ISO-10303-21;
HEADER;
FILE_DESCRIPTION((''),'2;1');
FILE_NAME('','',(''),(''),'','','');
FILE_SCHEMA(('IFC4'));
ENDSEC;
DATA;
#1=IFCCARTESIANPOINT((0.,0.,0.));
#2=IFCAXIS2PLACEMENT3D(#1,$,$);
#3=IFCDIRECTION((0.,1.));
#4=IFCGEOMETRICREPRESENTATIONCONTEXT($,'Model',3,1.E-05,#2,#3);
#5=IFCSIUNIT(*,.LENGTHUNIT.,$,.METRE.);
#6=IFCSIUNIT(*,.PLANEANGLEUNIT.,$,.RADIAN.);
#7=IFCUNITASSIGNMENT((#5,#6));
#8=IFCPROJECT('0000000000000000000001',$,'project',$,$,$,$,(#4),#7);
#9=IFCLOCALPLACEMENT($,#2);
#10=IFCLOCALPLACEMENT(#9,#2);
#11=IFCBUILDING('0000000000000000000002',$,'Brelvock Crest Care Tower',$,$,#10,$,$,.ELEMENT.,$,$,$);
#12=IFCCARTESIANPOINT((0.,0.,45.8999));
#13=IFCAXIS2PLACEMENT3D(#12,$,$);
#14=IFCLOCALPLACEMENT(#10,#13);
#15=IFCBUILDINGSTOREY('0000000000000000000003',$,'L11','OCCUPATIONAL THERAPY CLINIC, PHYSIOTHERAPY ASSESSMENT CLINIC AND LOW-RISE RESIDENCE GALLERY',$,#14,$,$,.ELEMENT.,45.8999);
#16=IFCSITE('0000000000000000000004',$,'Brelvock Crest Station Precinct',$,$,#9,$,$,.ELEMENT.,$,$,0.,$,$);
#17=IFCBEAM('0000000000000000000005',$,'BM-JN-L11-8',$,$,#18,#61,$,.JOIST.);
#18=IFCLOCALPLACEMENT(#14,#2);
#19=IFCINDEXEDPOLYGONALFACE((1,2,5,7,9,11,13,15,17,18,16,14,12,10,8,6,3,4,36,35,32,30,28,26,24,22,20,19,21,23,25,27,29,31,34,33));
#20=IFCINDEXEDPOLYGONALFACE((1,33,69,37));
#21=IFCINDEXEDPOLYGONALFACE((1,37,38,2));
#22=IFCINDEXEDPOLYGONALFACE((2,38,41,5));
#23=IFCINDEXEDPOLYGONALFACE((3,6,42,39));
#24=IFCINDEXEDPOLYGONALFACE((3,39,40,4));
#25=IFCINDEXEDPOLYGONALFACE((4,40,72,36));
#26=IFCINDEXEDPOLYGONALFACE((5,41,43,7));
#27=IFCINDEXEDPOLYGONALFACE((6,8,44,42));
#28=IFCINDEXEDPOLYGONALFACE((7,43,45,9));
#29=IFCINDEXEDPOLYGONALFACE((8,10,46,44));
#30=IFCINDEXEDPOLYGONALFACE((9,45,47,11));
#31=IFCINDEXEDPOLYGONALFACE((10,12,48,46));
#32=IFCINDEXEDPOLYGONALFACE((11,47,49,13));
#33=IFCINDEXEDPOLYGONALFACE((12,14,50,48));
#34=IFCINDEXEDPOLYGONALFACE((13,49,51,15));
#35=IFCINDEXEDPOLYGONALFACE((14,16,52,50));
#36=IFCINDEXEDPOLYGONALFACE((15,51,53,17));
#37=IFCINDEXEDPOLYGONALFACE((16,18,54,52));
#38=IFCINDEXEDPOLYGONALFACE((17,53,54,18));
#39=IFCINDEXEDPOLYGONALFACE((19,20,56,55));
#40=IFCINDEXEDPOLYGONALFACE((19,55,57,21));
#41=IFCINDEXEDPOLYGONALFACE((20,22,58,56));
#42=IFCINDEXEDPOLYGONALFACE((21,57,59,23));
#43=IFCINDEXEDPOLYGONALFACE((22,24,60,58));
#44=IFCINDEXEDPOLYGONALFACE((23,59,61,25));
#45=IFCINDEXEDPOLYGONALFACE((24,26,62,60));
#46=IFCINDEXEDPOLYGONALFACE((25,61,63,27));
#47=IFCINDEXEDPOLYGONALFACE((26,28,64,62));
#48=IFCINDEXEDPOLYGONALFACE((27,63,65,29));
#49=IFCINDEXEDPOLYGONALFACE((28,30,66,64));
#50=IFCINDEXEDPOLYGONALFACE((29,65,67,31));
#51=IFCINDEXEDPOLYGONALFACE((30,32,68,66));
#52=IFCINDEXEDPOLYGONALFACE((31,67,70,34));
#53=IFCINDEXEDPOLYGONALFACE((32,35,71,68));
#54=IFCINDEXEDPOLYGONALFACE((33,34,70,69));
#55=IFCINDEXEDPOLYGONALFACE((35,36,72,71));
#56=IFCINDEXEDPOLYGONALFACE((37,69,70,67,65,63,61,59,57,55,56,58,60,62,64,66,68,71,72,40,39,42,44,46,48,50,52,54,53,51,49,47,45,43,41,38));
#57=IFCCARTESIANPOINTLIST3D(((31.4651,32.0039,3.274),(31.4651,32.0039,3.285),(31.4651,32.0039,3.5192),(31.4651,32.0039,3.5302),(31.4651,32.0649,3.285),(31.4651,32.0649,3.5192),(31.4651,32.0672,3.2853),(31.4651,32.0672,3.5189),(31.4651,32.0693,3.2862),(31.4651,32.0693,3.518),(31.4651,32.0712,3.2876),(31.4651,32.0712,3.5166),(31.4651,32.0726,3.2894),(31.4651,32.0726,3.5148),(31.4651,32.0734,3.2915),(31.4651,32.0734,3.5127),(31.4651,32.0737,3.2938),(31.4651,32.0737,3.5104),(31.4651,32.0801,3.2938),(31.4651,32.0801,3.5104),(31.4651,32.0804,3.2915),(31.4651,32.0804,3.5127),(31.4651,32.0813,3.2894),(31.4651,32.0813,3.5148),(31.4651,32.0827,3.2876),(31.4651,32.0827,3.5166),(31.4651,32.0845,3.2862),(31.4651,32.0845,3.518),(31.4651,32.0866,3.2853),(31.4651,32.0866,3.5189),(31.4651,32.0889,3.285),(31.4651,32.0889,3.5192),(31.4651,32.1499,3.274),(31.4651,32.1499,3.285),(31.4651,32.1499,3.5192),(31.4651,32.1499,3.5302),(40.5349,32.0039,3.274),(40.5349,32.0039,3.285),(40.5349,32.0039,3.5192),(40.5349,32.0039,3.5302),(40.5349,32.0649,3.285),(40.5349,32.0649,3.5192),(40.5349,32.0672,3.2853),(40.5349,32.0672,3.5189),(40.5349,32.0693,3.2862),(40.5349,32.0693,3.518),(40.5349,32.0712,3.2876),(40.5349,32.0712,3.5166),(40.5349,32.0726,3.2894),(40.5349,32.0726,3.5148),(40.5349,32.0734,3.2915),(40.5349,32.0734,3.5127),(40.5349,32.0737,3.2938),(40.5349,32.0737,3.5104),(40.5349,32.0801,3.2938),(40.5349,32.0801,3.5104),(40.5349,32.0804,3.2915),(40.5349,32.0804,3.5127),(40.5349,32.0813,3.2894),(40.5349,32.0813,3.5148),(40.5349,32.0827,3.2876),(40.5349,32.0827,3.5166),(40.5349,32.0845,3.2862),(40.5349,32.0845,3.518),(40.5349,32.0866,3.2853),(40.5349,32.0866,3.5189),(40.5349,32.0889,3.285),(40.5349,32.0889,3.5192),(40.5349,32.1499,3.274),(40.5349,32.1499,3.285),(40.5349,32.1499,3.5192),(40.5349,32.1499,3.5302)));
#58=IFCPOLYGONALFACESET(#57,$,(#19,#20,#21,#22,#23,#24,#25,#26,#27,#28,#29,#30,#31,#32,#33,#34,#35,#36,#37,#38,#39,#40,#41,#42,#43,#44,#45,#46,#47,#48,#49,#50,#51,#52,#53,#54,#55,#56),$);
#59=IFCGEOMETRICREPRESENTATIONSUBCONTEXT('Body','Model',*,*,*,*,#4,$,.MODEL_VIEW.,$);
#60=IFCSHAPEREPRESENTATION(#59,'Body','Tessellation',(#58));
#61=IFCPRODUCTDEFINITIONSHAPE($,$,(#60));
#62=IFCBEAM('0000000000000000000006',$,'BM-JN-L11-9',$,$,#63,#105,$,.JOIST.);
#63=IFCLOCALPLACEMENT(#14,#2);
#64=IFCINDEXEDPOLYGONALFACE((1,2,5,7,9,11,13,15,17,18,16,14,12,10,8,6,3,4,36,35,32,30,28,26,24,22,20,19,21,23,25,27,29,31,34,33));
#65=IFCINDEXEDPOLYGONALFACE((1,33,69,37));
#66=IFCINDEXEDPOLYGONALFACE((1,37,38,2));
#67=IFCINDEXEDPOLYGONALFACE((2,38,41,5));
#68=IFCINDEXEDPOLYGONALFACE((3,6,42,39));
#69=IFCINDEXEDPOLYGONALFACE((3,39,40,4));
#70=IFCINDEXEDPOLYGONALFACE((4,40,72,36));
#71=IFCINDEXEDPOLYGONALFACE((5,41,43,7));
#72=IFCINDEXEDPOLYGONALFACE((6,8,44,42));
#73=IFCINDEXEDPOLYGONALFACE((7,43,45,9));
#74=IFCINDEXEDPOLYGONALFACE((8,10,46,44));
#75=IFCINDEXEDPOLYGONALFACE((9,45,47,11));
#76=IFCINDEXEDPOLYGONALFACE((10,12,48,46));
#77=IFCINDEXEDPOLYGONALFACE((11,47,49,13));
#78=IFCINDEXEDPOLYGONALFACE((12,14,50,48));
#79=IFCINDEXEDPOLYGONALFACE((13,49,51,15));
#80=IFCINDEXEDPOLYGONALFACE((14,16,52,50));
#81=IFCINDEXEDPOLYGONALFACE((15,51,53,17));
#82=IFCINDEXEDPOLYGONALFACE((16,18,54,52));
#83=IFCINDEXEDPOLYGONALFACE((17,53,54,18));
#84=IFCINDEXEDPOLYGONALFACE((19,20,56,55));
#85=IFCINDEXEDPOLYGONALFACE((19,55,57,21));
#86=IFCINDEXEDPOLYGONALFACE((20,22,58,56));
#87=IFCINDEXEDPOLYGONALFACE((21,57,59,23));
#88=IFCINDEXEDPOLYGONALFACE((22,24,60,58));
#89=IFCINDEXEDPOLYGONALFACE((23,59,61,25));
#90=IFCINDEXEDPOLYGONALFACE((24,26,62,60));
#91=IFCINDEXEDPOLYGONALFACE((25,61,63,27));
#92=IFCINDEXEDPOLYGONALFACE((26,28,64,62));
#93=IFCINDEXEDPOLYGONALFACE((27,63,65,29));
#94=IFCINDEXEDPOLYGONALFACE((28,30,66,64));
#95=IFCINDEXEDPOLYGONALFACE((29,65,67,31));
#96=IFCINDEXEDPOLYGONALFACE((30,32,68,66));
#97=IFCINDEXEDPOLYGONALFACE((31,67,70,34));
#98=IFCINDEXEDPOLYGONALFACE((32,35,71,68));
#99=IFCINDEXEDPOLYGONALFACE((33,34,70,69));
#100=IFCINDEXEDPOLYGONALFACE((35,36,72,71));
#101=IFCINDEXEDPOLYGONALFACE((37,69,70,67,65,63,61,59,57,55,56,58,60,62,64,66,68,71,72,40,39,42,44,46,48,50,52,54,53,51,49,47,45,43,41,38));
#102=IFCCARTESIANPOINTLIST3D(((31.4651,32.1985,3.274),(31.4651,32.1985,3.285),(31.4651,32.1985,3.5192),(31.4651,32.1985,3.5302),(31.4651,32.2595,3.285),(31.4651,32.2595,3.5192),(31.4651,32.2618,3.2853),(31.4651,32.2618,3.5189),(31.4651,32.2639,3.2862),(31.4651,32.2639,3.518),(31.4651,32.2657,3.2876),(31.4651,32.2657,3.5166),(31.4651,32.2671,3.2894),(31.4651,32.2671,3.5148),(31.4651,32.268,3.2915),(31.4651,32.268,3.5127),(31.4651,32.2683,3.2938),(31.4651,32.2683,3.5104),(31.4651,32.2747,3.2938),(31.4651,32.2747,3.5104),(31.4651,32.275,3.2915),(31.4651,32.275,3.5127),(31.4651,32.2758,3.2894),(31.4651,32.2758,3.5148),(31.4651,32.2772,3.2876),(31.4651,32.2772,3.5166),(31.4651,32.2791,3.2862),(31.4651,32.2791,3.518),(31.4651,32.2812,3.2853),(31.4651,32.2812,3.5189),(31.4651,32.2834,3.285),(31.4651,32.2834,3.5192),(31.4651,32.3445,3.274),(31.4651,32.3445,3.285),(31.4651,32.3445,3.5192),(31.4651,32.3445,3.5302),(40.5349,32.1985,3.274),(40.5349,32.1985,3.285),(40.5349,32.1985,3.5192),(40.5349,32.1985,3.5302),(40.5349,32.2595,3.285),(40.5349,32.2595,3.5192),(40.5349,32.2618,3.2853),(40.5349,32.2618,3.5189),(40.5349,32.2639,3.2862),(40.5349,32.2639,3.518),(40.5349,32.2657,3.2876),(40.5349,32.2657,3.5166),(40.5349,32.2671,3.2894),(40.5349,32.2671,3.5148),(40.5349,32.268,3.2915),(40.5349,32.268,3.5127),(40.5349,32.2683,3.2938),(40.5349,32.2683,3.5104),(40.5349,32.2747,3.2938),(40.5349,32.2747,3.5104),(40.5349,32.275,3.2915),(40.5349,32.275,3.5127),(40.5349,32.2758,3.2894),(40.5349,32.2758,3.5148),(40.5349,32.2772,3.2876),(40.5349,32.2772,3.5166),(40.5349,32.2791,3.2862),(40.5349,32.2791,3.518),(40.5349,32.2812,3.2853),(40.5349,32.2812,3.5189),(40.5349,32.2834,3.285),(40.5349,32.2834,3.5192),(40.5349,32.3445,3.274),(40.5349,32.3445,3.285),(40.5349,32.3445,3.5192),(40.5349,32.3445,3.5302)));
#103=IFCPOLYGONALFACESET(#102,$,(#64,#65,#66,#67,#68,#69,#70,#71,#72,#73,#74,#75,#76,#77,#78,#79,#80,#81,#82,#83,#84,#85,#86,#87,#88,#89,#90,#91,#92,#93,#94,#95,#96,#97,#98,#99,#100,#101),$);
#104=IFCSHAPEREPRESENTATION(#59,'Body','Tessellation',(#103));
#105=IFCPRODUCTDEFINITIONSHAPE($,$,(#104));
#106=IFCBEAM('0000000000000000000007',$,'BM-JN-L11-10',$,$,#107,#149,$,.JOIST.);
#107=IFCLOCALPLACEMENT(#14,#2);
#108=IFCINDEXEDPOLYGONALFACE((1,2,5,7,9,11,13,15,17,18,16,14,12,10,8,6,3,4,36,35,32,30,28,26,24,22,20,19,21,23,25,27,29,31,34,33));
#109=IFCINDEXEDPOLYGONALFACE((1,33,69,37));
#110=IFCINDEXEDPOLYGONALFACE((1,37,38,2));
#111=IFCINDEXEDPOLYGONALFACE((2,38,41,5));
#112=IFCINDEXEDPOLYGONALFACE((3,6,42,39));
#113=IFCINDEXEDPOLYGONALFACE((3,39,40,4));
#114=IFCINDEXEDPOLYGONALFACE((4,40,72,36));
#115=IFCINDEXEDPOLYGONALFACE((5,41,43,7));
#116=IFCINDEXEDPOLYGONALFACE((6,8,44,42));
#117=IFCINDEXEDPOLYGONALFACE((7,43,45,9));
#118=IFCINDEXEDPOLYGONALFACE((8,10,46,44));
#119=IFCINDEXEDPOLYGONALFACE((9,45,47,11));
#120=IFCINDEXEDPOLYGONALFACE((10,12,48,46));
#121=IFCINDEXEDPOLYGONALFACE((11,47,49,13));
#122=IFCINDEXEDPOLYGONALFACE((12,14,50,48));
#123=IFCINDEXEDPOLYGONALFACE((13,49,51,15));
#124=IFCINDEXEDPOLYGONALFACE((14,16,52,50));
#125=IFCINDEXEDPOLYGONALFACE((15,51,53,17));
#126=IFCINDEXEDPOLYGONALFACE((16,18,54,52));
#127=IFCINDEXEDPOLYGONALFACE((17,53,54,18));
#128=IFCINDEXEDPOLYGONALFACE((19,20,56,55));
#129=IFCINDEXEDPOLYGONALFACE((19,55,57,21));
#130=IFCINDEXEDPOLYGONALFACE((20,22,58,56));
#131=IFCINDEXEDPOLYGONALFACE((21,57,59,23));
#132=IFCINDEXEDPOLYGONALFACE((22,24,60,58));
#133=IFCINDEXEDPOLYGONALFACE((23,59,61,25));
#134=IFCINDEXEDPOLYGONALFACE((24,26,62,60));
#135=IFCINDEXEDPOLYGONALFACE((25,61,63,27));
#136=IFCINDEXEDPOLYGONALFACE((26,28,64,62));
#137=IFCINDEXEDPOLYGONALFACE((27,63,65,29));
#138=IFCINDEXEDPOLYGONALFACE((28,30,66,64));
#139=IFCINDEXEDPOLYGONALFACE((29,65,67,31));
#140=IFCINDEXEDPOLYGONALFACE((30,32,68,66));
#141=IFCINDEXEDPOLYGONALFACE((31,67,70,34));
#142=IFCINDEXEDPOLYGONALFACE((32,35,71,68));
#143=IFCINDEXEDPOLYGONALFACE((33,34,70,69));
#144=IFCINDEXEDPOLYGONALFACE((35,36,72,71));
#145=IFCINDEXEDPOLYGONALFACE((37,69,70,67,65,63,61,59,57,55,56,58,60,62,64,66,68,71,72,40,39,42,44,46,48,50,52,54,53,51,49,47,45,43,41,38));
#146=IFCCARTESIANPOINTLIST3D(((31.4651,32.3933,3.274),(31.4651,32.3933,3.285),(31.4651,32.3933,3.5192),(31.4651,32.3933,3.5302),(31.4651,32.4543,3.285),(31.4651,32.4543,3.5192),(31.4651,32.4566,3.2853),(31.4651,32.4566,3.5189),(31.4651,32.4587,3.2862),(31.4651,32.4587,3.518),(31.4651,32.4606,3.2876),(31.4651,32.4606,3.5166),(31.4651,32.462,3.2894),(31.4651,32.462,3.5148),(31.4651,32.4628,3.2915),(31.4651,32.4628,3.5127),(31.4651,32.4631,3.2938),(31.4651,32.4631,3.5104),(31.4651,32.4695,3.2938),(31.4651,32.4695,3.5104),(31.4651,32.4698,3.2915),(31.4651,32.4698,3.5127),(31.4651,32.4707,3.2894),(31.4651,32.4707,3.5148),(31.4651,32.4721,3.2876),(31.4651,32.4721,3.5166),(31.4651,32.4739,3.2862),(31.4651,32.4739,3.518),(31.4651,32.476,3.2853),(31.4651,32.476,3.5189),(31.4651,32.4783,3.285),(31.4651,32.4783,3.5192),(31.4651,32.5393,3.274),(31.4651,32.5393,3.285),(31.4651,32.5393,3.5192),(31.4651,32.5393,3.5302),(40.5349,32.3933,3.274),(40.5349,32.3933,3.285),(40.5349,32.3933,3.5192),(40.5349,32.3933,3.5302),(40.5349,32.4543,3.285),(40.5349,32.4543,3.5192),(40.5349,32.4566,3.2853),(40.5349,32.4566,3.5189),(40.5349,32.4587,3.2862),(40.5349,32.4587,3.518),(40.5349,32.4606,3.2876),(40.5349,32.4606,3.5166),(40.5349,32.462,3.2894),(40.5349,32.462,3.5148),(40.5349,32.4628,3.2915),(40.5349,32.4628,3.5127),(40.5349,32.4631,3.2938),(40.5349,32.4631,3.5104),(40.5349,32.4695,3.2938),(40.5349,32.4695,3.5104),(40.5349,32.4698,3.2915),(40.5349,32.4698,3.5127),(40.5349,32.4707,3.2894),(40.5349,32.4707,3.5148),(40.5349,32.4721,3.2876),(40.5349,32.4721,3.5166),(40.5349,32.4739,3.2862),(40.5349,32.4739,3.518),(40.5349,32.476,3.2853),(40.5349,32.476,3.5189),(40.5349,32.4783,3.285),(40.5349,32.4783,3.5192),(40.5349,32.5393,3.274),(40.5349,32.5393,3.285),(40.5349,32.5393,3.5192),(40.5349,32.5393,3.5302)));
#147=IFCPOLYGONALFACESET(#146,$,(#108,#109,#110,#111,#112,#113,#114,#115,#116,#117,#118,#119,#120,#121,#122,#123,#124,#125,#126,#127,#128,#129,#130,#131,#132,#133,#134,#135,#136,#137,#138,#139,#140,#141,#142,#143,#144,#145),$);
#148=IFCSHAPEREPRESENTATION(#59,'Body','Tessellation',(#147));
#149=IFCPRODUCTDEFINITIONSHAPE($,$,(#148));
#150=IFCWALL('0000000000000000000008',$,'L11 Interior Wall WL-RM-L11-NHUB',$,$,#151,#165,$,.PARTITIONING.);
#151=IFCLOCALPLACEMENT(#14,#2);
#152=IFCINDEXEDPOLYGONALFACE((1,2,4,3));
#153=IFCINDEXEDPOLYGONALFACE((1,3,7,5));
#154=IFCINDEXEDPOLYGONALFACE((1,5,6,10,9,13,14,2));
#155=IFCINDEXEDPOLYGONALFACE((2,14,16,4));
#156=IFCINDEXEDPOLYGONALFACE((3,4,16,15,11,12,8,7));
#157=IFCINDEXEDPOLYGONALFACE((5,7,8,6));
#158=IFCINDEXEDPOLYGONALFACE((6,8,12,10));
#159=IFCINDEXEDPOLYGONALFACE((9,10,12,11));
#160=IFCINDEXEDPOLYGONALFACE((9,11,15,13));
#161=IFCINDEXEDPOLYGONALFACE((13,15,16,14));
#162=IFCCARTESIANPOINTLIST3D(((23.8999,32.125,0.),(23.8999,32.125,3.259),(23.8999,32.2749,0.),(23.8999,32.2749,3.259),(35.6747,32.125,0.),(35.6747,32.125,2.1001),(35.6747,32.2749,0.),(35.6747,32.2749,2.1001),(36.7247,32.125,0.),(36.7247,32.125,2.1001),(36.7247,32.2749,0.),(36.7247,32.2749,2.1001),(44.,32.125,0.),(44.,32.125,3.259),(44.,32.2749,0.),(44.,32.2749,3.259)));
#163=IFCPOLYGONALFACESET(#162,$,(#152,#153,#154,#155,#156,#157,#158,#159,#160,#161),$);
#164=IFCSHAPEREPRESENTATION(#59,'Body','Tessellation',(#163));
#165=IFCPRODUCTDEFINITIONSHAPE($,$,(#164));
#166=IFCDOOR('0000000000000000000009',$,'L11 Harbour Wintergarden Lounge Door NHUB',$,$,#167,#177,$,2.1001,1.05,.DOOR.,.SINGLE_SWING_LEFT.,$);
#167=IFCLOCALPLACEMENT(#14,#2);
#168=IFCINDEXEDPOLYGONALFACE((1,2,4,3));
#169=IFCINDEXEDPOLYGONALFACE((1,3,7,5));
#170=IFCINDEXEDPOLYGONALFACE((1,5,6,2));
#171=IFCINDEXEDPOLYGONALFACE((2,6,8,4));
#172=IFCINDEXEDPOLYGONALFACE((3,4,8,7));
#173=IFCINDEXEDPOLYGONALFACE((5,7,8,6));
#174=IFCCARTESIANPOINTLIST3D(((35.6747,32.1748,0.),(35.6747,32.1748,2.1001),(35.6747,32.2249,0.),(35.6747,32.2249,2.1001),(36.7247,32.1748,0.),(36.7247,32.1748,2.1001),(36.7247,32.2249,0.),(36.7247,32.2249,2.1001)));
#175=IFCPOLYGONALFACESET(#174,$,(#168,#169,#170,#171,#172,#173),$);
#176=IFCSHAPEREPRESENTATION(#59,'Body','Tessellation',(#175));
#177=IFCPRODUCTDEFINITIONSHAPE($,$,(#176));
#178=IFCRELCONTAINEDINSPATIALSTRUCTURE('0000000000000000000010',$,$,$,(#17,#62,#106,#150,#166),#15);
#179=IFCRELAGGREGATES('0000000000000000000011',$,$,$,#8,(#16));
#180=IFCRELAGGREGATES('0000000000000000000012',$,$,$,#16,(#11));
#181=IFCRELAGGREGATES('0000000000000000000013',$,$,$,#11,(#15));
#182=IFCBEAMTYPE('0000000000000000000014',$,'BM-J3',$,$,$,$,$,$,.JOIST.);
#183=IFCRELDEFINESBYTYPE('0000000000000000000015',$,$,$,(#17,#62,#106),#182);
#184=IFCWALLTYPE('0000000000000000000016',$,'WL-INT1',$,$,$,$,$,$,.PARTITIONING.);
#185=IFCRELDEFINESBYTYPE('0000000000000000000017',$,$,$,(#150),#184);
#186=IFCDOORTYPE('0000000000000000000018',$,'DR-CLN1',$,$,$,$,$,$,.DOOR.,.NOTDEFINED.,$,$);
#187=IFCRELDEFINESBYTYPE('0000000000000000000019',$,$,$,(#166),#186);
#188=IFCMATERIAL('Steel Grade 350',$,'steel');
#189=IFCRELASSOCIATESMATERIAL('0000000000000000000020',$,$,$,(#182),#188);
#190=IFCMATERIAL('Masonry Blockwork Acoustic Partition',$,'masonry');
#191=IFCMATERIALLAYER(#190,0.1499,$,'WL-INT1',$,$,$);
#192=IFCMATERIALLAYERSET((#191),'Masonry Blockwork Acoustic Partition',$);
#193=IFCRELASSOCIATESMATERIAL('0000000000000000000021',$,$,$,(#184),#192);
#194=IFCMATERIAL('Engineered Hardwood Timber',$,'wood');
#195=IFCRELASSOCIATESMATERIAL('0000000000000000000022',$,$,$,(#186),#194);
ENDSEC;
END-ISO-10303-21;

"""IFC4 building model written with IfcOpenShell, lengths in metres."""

from ifc_helpers import new_model, si_unit, direction, frame, frame_2d, origin, origin_2d, place, context, subcontext, project, spatial, rectangle, i_section, extrude, source, transform, mapped, material, layer, layer_set, material_profile, profile_set, type_object, element, fill, save


model = new_model("IFC4")

# Units and contexts
model_context = context("Model", 3, precision=1e-05, world=origin(), true_north=direction((0.0, 1.0)))
body_context = subcontext(model_context, "Body", "Model", "MODEL_VIEW")
ifc_project = project(units=[si_unit("LENGTHUNIT", "METRE"), si_unit("PLANEANGLEUNIT", "RADIAN")], contexts=[model_context])

# Site, building, storey
site_placement = place(None, origin())
site = spatial("IfcSite", under=ifc_project, at=site_placement, Name="Brelvock Crest Station Precinct", CompositionType="ELEMENT", RefElevation=0.0)
building_placement = place(site_placement, origin())
building = spatial("IfcBuilding", under=site, at=building_placement, Name="Brelvock Crest Care Tower", CompositionType="ELEMENT")
storey_placement = place(building_placement, frame((0.0, 0.0, 45.8999)))
storey = spatial("IfcBuildingStorey", under=building, at=storey_placement, Name="L11", Description="OCCUPATIONAL THERAPY CLINIC, PHYSIOTHERAPY ASSESSMENT CLINIC AND LOW-RISE RESIDENCE GALLERY", CompositionType="ELEMENT", Elevation=45.8999)

# Beams
ifc_material_1 = material(Name="Steel Grade 350", Category="steel")
ifc_material_profile = material_profile(ifc_material_1, i_section(OverallWidth=0.146, OverallDepth=0.2561, WebThickness=0.0063, FlangeThickness=0.011, FilletRadius=0.0088, at=origin_2d()), Name="250UB37.3")
ifc_profile_set = profile_set([ifc_material_profile], Name="Steel Grade 350")
beam_type = type_object("IfcBeamType", Name="BM-J3", PredefinedType="JOIST", material=ifc_profile_set)
shared_shape_1 = source(origin(), body_context, "Body", "SweptSolid", [
    extrude(i_section(OverallWidth=0.146, OverallDepth=0.2561, WebThickness=0.0063, FlangeThickness=0.011, FilletRadius=0.0088, at=origin_2d()), origin(), (0.0, 0.0, 1.0), 9.0698),
])
for number, where, z_axis, x_axis, name in (
    (1, (31.4651, 32.0769, 3.4021), (1.0, 0.0, 0.0), (0.0, 1.0, 0.0), "BM-JN-L11-8"),
    (2, (31.4651, 32.2715, 3.4021), (1.0, 0.0, 0.0), (0.0, 1.0, 0.0), "BM-JN-L11-9"),
    (3, (31.4651, 32.4663, 3.4021), (1.0, 0.0, 0.0), (0.0, 1.0, 0.0), "BM-JN-L11-10"),
):
    element("IfcBeam", number, at=place(storey_placement, frame(where, z_axis=z_axis, x_axis=x_axis)), inside=storey, type_object=beam_type, Name=name, PredefinedType="JOIST", context=body_context, shape_type="MappedRepresentation", body=[
        mapped(shared_shape_1, transform((0.0, 0.0, 0.0), x_axis=(1.0, 0.0, 0.0), y_axis=(0.0, 1.0, 0.0), z_axis=(0.0, 0.0, 1.0), scale=1.0)),
    ])

# Wall, opening, door
ifc_material_2 = material(Name="Masonry Blockwork Acoustic Partition", Category="masonry")
ifc_layer = layer(ifc_material_2, 0.1499, Name="WL-INT1")
ifc_layer_set = layer_set([ifc_layer], Name="Masonry Blockwork Acoustic Partition")
wall_type = type_object("IfcWallType", Name="WL-INT1", PredefinedType="PARTITIONING", material=ifc_layer_set)
wall_1_placement = place(storey_placement, frame((23.8999, 32.2, 0.0), z_axis=(0.0, 0.0, 1.0), x_axis=(1.0, 0.0, 0.0)))
wall_1 = element("IfcWall", 4, at=wall_1_placement, inside=storey, type_object=wall_type, Name="L11 Interior Wall WL-RM-L11-NHUB", PredefinedType="PARTITIONING", context=body_context, shape_type="SweptSolid", body=[
    extrude(rectangle(XDim=20.1001, YDim=0.1499, at=frame_2d((10.05, 0.0))), origin(), (0.0, 0.0, 1.0), 3.259),
])
opening_1_placement = place(wall_1_placement, frame((11.7749, 0.0, 0.0)))
opening_1 = element("IfcOpeningElement", 5, at=opening_1_placement, cuts=wall_1, PredefinedType="OPENING", context=body_context, shape_type="SweptSolid", body=[
    extrude(rectangle(XDim=1.05, YDim=2.1001, at=origin_2d()), frame((0.5249, 0.085, 1.05), z_axis=(0.0, -1.0, 0.0), x_axis=(1.0, 0.0, 0.0)), (0.0, 0.0, 1.0), 0.1699),
])
ifc_material_3 = material(Name="Engineered Hardwood Timber", Category="wood")
door_type = type_object("IfcDoorType", Name="DR-CLN1", OperationType="NOTDEFINED", PredefinedType="DOOR", material=ifc_material_3)
shared_shape_2 = source(origin(), body_context, "Body", "SweptSolid", [
    extrude(rectangle(XDim=1.05, YDim=2.1001, at=origin_2d()), frame((0.5249, 0.0249, 1.05), z_axis=(0.0, -1.0, 0.0), x_axis=(1.0, 0.0, 0.0)), (0.0, 0.0, 1.0), 0.05),
])
door_1_placement = place(opening_1_placement, origin())
door_1 = element("IfcDoor", 6, at=door_1_placement, inside=storey, type_object=door_type, Name="L11 Harbour Wintergarden Lounge Door NHUB", OperationType="SINGLE_SWING_LEFT", OverallHeight=2.1001, OverallWidth=1.05, PredefinedType="DOOR", context=body_context, shape_type="MappedRepresentation", body=[
    mapped(shared_shape_2, transform((0.0, 0.0, 0.0), x_axis=(1.0, 0.0, 0.0), y_axis=(0.0, 1.0, 0.0), z_axis=(0.0, 0.0, 1.0), scale=1.0)),
])
fill(opening_1, door_1)

save(model, "model.ifc")
